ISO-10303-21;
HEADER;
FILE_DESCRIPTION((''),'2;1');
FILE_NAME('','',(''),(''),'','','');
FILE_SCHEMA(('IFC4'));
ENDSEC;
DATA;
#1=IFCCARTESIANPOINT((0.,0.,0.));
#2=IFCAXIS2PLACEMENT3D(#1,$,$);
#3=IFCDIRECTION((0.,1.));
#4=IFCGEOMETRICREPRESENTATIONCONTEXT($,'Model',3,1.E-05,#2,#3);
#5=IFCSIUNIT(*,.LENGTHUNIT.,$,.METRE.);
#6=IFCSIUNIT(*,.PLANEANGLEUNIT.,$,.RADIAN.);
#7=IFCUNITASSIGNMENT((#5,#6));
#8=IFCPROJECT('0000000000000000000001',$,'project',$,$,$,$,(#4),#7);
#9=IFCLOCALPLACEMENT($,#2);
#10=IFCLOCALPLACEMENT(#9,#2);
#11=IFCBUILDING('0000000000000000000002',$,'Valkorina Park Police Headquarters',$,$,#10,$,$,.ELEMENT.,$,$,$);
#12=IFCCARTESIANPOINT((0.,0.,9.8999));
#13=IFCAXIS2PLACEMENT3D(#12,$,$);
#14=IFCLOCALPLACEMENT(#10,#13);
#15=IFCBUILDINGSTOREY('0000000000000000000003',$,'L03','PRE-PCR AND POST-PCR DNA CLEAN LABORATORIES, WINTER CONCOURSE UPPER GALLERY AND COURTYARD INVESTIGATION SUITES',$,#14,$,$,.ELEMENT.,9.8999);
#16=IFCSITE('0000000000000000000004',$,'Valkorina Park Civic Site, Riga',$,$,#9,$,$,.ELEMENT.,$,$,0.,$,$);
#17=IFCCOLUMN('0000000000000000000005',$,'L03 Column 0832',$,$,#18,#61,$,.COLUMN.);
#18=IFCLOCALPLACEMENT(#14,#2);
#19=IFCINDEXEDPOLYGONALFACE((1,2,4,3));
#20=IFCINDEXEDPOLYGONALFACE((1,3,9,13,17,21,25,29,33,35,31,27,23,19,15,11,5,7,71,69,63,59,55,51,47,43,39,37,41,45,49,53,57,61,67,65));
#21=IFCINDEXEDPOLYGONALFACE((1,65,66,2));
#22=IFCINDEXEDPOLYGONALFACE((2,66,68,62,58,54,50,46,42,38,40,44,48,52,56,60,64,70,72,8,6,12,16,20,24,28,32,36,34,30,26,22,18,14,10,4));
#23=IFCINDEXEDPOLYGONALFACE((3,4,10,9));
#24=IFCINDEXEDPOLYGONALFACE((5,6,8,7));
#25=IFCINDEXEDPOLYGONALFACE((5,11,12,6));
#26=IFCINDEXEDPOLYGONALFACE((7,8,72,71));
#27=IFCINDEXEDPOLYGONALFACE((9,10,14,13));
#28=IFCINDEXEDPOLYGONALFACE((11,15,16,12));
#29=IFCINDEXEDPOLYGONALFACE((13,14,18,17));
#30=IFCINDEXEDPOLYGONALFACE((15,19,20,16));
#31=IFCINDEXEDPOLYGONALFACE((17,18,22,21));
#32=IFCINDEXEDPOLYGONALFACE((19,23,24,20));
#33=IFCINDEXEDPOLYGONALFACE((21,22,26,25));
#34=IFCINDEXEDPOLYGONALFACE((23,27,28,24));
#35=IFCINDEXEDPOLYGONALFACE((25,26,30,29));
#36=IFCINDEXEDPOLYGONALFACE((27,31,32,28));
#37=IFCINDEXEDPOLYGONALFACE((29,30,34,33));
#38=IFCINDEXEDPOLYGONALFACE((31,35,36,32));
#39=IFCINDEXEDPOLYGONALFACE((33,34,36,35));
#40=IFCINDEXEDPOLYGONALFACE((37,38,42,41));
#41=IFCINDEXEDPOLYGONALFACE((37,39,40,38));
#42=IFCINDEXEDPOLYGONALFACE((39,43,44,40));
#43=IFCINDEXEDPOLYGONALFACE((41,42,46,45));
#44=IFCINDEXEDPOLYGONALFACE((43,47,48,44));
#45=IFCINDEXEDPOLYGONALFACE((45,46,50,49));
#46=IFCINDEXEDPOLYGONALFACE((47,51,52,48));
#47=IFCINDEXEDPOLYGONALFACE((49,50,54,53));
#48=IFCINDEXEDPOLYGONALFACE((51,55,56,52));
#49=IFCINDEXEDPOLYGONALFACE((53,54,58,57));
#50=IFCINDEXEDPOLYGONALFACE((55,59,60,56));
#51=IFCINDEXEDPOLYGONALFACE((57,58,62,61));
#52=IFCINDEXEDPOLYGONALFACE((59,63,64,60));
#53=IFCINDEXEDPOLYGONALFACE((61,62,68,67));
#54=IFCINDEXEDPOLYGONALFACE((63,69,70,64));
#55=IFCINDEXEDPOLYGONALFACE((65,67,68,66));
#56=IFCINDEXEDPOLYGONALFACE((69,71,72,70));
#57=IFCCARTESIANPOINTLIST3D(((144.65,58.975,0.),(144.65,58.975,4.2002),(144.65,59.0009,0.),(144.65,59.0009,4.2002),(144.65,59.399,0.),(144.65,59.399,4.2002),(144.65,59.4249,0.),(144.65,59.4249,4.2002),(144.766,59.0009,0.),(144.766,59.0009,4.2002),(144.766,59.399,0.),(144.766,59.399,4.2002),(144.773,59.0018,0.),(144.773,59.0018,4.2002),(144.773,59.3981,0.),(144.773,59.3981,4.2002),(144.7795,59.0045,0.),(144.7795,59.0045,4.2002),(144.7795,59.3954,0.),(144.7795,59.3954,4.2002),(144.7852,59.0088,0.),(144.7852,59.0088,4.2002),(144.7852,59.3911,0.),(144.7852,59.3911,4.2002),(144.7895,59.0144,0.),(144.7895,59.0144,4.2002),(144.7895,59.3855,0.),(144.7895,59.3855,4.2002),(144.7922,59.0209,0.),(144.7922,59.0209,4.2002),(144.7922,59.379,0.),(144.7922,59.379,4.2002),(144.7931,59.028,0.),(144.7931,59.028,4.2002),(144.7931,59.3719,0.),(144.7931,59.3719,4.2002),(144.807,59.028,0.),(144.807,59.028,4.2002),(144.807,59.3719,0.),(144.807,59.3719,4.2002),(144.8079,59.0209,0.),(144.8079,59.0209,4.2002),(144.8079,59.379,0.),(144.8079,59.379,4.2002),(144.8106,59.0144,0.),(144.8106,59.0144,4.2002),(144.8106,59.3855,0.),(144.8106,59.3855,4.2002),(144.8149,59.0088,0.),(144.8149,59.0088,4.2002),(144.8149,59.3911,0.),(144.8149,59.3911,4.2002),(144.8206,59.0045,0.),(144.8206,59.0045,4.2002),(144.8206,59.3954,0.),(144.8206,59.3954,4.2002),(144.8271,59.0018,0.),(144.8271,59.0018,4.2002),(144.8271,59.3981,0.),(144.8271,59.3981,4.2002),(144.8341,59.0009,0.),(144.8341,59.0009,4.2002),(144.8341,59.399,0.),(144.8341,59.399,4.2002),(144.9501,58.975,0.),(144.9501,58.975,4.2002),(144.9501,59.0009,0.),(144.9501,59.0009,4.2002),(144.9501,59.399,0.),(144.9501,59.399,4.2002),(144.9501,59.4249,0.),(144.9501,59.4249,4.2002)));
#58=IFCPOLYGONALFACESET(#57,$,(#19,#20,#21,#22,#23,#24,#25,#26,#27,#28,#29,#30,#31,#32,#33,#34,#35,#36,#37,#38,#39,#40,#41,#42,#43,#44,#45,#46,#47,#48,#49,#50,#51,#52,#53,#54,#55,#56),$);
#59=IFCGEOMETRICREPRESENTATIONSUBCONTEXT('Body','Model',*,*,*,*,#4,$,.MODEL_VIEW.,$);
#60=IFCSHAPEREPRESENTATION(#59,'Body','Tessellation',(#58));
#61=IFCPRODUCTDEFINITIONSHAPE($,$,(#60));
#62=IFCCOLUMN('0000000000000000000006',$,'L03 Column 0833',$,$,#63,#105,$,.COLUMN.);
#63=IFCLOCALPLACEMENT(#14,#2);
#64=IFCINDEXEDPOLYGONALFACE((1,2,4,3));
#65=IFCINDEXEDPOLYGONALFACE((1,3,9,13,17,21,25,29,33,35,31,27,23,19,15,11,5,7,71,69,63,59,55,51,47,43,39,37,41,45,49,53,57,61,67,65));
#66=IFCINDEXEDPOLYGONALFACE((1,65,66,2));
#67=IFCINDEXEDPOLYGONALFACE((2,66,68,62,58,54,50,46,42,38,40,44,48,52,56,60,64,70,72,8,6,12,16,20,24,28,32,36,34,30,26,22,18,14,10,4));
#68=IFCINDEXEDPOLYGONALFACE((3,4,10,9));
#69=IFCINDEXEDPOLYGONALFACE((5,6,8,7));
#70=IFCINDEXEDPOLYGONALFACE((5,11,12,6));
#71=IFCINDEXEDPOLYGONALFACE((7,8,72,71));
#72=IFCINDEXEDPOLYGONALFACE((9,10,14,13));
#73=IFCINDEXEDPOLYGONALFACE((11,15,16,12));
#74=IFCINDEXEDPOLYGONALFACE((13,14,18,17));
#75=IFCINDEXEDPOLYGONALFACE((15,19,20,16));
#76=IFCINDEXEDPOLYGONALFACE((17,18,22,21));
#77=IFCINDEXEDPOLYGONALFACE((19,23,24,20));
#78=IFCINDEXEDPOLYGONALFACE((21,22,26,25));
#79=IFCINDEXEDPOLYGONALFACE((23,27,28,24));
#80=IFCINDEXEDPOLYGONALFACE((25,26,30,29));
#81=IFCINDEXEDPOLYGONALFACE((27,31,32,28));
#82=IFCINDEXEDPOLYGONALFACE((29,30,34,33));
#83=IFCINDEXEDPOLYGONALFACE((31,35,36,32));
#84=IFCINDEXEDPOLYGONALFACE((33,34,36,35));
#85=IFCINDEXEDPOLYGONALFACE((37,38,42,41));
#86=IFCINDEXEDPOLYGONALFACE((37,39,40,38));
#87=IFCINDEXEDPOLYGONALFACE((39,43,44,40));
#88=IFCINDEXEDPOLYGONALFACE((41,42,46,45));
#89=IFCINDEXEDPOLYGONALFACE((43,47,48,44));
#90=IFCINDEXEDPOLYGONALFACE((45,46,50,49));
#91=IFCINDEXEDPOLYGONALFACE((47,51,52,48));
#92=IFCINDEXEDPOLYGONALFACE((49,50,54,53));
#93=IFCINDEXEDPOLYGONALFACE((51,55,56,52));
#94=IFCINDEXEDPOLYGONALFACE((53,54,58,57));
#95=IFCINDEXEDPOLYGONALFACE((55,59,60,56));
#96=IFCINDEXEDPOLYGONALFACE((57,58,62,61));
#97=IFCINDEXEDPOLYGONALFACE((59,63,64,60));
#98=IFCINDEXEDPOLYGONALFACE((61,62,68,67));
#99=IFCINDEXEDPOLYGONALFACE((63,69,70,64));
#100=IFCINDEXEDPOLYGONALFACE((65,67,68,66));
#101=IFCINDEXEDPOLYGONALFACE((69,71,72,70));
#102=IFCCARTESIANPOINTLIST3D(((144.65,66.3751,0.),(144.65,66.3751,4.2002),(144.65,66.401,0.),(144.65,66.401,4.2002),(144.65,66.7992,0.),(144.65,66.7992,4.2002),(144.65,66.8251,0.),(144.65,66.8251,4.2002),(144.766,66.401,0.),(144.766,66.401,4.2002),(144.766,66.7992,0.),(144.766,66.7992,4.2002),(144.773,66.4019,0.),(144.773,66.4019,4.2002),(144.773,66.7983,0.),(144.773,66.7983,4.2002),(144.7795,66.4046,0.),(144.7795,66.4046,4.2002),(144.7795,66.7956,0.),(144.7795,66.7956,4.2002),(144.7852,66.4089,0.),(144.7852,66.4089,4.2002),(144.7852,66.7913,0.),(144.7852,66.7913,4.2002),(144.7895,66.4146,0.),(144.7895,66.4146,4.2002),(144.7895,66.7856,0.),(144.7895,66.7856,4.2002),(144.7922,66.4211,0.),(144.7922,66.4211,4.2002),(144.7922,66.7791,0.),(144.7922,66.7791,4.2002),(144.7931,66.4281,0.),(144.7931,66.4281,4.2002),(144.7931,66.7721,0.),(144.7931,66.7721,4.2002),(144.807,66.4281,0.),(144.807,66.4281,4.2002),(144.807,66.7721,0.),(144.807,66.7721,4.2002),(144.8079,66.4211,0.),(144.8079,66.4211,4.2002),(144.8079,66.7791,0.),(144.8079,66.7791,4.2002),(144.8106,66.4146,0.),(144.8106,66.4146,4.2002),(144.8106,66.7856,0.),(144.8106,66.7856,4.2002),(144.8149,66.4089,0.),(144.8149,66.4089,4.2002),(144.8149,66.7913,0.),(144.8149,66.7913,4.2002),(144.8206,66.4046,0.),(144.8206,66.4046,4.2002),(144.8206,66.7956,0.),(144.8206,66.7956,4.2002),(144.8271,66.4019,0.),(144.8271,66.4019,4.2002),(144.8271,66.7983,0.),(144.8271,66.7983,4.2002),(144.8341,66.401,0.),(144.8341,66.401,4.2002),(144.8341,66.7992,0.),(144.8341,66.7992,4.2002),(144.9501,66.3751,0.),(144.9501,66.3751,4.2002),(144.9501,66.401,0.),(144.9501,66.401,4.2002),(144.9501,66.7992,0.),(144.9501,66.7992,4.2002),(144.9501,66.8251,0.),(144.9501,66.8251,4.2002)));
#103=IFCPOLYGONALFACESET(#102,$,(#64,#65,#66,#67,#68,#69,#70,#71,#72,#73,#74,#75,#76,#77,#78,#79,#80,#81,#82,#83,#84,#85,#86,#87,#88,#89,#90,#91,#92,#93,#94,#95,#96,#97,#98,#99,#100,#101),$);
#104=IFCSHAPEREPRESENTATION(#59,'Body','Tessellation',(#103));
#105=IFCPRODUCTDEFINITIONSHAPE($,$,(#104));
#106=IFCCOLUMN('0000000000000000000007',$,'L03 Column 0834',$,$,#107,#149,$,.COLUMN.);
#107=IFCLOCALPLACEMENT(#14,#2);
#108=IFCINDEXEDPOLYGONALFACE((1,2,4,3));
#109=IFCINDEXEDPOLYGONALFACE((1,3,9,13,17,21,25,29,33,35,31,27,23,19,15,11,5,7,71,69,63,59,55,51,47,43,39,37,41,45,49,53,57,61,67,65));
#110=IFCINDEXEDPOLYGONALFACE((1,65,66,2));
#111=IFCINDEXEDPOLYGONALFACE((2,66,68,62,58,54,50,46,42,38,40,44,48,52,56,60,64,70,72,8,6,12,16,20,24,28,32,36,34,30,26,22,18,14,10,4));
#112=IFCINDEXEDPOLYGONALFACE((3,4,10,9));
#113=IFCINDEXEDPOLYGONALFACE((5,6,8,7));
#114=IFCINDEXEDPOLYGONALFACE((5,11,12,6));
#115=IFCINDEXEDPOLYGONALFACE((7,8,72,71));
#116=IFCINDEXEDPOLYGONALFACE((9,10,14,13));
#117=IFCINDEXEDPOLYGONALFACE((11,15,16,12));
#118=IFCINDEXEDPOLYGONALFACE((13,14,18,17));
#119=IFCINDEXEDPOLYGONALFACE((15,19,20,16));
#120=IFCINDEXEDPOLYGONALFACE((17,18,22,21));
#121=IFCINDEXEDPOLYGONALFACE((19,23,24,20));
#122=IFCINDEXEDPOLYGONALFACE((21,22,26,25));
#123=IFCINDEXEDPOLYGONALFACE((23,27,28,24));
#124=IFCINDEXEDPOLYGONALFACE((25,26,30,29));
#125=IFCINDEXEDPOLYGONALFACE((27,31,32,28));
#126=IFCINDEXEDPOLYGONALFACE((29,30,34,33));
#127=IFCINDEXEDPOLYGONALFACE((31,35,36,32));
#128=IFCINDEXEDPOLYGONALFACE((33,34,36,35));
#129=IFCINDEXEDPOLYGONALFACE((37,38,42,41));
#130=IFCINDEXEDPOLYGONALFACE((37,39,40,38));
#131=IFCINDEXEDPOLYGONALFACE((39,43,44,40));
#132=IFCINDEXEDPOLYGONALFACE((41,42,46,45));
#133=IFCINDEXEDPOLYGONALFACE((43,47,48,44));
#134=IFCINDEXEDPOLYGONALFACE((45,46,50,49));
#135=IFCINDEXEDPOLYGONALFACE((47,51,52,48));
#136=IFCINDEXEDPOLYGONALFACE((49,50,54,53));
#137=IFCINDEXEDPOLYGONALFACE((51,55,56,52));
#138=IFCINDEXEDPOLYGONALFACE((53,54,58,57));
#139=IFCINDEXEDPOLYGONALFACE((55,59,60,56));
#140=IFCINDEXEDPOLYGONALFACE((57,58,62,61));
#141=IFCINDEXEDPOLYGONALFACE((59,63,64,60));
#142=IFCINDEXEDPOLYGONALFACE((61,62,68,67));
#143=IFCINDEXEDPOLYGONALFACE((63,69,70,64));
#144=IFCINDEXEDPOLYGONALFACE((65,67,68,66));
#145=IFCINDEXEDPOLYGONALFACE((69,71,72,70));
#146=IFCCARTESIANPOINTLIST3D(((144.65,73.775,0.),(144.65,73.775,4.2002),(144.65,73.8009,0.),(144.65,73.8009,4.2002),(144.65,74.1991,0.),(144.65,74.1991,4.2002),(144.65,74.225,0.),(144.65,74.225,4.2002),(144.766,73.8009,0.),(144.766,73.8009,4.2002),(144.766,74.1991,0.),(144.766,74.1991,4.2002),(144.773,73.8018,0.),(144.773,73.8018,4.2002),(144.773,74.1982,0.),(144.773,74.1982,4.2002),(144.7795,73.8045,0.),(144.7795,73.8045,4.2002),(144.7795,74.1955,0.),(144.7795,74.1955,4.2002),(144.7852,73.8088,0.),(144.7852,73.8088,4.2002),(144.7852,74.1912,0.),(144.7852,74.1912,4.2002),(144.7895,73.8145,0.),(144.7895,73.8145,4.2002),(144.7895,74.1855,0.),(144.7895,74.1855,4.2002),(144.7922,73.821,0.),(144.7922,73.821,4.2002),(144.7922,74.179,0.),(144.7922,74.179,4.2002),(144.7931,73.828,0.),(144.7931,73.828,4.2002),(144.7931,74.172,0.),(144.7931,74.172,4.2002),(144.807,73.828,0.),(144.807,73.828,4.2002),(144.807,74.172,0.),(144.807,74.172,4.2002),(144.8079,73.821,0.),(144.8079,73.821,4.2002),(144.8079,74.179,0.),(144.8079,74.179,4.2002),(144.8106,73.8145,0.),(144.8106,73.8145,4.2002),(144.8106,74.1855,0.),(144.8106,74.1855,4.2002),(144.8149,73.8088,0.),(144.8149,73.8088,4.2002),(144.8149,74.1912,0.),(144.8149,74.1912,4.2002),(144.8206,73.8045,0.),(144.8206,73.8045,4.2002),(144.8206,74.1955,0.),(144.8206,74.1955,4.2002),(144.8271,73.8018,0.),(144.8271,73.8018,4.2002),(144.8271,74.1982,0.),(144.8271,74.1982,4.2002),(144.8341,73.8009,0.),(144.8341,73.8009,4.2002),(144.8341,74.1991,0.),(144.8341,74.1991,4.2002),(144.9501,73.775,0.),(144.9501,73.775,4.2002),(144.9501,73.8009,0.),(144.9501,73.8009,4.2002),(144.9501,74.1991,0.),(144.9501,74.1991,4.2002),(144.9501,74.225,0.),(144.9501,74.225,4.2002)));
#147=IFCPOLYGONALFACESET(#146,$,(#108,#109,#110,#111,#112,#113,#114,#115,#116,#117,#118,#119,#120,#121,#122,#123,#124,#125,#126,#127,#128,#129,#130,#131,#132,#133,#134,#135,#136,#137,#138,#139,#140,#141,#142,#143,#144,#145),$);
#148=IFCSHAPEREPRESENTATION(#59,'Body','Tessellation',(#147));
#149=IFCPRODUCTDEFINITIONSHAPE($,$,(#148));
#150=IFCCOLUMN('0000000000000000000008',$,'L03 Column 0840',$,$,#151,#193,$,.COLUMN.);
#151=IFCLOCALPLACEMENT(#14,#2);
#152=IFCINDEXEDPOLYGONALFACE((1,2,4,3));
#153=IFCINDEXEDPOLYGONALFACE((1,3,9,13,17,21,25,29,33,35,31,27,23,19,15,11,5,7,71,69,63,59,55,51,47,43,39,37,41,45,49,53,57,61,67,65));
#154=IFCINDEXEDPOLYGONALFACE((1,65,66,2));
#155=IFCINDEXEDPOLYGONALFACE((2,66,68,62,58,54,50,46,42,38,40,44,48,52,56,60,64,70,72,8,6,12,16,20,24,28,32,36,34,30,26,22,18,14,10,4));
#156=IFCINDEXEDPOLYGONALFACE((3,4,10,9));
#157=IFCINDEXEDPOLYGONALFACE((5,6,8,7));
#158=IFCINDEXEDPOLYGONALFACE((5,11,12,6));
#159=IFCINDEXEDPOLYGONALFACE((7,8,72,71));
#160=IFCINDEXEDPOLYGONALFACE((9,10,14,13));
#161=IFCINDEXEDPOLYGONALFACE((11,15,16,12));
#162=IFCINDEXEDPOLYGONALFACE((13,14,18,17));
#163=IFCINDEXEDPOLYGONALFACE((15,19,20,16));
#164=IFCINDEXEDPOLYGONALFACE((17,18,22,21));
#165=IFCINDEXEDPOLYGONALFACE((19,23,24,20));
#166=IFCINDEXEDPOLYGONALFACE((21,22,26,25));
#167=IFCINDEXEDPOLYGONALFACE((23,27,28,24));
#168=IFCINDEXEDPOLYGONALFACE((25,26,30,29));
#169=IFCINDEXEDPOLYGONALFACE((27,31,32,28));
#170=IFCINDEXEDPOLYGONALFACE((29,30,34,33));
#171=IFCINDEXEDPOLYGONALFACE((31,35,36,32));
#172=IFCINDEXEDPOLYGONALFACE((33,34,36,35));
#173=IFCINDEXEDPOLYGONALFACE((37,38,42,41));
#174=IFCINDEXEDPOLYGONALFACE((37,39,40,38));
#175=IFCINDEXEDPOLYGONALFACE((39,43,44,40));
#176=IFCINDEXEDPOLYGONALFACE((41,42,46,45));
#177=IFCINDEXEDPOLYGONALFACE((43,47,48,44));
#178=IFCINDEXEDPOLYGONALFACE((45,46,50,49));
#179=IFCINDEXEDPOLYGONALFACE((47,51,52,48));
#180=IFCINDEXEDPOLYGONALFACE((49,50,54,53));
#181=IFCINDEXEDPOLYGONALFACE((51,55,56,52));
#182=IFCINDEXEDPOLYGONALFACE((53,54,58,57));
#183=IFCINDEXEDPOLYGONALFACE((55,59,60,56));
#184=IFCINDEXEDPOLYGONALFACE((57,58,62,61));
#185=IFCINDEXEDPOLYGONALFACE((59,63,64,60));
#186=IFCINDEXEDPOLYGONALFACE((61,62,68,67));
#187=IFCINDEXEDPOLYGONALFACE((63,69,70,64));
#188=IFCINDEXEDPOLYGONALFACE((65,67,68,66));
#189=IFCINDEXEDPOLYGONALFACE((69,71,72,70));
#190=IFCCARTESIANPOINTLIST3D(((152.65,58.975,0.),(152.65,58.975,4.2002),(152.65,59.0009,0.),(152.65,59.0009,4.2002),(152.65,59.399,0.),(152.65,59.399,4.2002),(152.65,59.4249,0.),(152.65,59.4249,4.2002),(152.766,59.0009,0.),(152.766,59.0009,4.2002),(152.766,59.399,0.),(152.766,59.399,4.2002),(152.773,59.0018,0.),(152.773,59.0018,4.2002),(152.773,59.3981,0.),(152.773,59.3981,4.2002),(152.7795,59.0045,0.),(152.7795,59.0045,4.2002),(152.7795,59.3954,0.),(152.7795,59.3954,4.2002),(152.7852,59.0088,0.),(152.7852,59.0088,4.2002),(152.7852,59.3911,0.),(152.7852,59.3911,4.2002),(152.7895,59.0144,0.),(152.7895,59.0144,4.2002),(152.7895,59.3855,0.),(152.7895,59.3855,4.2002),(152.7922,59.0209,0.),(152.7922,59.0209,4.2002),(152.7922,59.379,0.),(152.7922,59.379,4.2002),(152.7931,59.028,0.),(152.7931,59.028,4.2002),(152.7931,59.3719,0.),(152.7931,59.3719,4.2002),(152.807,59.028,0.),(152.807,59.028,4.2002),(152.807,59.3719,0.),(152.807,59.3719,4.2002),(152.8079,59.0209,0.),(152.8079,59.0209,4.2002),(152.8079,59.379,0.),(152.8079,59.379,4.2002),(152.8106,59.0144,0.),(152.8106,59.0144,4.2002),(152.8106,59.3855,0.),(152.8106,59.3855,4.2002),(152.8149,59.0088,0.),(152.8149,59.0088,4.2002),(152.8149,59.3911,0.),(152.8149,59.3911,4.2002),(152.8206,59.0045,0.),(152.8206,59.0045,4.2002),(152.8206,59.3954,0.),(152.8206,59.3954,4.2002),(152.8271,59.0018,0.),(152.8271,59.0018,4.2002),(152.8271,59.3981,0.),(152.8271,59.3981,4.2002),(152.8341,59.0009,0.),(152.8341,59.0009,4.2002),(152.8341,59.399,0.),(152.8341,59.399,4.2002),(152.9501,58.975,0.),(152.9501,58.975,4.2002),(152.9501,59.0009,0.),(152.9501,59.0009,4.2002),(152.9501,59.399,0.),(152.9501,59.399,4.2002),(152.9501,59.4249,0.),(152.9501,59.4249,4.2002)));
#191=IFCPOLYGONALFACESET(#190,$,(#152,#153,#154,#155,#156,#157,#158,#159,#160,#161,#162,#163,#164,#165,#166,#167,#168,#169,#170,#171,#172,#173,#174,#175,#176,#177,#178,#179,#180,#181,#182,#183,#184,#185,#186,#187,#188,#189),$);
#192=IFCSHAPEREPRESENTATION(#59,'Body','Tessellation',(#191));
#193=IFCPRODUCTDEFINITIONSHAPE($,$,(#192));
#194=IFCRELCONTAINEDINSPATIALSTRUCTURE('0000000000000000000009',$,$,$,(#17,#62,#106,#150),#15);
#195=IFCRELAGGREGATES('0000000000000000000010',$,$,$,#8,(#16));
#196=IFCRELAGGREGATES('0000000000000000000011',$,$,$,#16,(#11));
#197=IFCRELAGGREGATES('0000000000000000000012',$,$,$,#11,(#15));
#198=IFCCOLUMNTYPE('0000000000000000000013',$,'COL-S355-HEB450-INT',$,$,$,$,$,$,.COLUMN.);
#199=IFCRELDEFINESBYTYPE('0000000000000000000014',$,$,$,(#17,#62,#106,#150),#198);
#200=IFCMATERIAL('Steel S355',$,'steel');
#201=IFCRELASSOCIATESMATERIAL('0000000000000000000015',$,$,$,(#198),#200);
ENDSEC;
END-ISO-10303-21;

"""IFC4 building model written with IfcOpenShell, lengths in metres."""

from ifc_helpers import new_model, si_unit, direction, frame, origin, origin_2d, place, context, subcontext, project, spatial, i_section, extrude, material, material_profile, profile_set, type_object, element, save


model = new_model("IFC4")

# Units and contexts
model_context = context("Model", 3, precision=1e-05, world=origin(), true_north=direction((0.0, 1.0)))
body_context = subcontext(model_context, "Body", "Model", "MODEL_VIEW")
ifc_project = project(units=[si_unit("LENGTHUNIT", "METRE"), si_unit("PLANEANGLEUNIT", "RADIAN")], contexts=[model_context])

# Site, building, storey
site_placement = place(None, origin())
site = spatial("IfcSite", under=ifc_project, at=site_placement, Name="Valkorina Park Civic Site, Riga", CompositionType="ELEMENT", RefElevation=0.0)
building_placement = place(site_placement, origin())
building = spatial("IfcBuilding", under=site, at=building_placement, Name="Valkorina Park Police Headquarters", CompositionType="ELEMENT")
storey_placement = place(building_placement, frame((0.0, 0.0, 9.8999)))
storey = spatial("IfcBuildingStorey", under=building, at=storey_placement, Name="L03", Description="PRE-PCR AND POST-PCR DNA CLEAN LABORATORIES, WINTER CONCOURSE UPPER GALLERY AND COURTYARD INVESTIGATION SUITES", CompositionType="ELEMENT", Elevation=9.8999)

# Columns
ifc_material_1 = material(Name="Steel S355", Category="steel")
ifc_material_profile_1 = material_profile(ifc_material_1, i_section(OverallWidth=0.3, OverallDepth=0.45, WebThickness=0.0139, FlangeThickness=0.0259, FilletRadius=0.0271, at=origin_2d()), Name="HEB 450")
ifc_profile_set_1 = profile_set([ifc_material_profile_1], Name="Steel S355")
column_type = type_object("IfcColumnType", Name="COL-S355-HEB450-INT", PredefinedType="COLUMN", material=ifc_profile_set_1)
for number, where, z_axis, x_axis, name in (
    (1, (144.8, 59.2, 0.0), (0.0, 0.0, 1.0), (1.0, 0.0, 0.0), "L03 Column 0832"),
    (2, (144.8, 66.6001, 0.0), (0.0, 0.0, 1.0), (1.0, 0.0, 0.0), "L03 Column 0833"),
    (3, (144.8, 74.0, 0.0), (0.0, 0.0, 1.0), (1.0, 0.0, 0.0), "L03 Column 0834"),
    (4, (152.8, 59.2, 0.0), (0.0, 0.0, 1.0), (1.0, 0.0, 0.0), "L03 Column 0840"),
):
    element("IfcColumn", number, at=place(storey_placement, frame(where, z_axis=z_axis, x_axis=x_axis)), inside=storey, type_object=column_type, Name=name, PredefinedType="COLUMN", context=body_context, shape_type="SweptSolid", body=[
        extrude(i_section(OverallWidth=0.3, OverallDepth=0.45, WebThickness=0.0139, FlangeThickness=0.0259, FilletRadius=0.0271, at=origin_2d()), origin(), (0.0, 0.0, 1.0), 4.2002),
    ])

save(model, "model.ifc")
